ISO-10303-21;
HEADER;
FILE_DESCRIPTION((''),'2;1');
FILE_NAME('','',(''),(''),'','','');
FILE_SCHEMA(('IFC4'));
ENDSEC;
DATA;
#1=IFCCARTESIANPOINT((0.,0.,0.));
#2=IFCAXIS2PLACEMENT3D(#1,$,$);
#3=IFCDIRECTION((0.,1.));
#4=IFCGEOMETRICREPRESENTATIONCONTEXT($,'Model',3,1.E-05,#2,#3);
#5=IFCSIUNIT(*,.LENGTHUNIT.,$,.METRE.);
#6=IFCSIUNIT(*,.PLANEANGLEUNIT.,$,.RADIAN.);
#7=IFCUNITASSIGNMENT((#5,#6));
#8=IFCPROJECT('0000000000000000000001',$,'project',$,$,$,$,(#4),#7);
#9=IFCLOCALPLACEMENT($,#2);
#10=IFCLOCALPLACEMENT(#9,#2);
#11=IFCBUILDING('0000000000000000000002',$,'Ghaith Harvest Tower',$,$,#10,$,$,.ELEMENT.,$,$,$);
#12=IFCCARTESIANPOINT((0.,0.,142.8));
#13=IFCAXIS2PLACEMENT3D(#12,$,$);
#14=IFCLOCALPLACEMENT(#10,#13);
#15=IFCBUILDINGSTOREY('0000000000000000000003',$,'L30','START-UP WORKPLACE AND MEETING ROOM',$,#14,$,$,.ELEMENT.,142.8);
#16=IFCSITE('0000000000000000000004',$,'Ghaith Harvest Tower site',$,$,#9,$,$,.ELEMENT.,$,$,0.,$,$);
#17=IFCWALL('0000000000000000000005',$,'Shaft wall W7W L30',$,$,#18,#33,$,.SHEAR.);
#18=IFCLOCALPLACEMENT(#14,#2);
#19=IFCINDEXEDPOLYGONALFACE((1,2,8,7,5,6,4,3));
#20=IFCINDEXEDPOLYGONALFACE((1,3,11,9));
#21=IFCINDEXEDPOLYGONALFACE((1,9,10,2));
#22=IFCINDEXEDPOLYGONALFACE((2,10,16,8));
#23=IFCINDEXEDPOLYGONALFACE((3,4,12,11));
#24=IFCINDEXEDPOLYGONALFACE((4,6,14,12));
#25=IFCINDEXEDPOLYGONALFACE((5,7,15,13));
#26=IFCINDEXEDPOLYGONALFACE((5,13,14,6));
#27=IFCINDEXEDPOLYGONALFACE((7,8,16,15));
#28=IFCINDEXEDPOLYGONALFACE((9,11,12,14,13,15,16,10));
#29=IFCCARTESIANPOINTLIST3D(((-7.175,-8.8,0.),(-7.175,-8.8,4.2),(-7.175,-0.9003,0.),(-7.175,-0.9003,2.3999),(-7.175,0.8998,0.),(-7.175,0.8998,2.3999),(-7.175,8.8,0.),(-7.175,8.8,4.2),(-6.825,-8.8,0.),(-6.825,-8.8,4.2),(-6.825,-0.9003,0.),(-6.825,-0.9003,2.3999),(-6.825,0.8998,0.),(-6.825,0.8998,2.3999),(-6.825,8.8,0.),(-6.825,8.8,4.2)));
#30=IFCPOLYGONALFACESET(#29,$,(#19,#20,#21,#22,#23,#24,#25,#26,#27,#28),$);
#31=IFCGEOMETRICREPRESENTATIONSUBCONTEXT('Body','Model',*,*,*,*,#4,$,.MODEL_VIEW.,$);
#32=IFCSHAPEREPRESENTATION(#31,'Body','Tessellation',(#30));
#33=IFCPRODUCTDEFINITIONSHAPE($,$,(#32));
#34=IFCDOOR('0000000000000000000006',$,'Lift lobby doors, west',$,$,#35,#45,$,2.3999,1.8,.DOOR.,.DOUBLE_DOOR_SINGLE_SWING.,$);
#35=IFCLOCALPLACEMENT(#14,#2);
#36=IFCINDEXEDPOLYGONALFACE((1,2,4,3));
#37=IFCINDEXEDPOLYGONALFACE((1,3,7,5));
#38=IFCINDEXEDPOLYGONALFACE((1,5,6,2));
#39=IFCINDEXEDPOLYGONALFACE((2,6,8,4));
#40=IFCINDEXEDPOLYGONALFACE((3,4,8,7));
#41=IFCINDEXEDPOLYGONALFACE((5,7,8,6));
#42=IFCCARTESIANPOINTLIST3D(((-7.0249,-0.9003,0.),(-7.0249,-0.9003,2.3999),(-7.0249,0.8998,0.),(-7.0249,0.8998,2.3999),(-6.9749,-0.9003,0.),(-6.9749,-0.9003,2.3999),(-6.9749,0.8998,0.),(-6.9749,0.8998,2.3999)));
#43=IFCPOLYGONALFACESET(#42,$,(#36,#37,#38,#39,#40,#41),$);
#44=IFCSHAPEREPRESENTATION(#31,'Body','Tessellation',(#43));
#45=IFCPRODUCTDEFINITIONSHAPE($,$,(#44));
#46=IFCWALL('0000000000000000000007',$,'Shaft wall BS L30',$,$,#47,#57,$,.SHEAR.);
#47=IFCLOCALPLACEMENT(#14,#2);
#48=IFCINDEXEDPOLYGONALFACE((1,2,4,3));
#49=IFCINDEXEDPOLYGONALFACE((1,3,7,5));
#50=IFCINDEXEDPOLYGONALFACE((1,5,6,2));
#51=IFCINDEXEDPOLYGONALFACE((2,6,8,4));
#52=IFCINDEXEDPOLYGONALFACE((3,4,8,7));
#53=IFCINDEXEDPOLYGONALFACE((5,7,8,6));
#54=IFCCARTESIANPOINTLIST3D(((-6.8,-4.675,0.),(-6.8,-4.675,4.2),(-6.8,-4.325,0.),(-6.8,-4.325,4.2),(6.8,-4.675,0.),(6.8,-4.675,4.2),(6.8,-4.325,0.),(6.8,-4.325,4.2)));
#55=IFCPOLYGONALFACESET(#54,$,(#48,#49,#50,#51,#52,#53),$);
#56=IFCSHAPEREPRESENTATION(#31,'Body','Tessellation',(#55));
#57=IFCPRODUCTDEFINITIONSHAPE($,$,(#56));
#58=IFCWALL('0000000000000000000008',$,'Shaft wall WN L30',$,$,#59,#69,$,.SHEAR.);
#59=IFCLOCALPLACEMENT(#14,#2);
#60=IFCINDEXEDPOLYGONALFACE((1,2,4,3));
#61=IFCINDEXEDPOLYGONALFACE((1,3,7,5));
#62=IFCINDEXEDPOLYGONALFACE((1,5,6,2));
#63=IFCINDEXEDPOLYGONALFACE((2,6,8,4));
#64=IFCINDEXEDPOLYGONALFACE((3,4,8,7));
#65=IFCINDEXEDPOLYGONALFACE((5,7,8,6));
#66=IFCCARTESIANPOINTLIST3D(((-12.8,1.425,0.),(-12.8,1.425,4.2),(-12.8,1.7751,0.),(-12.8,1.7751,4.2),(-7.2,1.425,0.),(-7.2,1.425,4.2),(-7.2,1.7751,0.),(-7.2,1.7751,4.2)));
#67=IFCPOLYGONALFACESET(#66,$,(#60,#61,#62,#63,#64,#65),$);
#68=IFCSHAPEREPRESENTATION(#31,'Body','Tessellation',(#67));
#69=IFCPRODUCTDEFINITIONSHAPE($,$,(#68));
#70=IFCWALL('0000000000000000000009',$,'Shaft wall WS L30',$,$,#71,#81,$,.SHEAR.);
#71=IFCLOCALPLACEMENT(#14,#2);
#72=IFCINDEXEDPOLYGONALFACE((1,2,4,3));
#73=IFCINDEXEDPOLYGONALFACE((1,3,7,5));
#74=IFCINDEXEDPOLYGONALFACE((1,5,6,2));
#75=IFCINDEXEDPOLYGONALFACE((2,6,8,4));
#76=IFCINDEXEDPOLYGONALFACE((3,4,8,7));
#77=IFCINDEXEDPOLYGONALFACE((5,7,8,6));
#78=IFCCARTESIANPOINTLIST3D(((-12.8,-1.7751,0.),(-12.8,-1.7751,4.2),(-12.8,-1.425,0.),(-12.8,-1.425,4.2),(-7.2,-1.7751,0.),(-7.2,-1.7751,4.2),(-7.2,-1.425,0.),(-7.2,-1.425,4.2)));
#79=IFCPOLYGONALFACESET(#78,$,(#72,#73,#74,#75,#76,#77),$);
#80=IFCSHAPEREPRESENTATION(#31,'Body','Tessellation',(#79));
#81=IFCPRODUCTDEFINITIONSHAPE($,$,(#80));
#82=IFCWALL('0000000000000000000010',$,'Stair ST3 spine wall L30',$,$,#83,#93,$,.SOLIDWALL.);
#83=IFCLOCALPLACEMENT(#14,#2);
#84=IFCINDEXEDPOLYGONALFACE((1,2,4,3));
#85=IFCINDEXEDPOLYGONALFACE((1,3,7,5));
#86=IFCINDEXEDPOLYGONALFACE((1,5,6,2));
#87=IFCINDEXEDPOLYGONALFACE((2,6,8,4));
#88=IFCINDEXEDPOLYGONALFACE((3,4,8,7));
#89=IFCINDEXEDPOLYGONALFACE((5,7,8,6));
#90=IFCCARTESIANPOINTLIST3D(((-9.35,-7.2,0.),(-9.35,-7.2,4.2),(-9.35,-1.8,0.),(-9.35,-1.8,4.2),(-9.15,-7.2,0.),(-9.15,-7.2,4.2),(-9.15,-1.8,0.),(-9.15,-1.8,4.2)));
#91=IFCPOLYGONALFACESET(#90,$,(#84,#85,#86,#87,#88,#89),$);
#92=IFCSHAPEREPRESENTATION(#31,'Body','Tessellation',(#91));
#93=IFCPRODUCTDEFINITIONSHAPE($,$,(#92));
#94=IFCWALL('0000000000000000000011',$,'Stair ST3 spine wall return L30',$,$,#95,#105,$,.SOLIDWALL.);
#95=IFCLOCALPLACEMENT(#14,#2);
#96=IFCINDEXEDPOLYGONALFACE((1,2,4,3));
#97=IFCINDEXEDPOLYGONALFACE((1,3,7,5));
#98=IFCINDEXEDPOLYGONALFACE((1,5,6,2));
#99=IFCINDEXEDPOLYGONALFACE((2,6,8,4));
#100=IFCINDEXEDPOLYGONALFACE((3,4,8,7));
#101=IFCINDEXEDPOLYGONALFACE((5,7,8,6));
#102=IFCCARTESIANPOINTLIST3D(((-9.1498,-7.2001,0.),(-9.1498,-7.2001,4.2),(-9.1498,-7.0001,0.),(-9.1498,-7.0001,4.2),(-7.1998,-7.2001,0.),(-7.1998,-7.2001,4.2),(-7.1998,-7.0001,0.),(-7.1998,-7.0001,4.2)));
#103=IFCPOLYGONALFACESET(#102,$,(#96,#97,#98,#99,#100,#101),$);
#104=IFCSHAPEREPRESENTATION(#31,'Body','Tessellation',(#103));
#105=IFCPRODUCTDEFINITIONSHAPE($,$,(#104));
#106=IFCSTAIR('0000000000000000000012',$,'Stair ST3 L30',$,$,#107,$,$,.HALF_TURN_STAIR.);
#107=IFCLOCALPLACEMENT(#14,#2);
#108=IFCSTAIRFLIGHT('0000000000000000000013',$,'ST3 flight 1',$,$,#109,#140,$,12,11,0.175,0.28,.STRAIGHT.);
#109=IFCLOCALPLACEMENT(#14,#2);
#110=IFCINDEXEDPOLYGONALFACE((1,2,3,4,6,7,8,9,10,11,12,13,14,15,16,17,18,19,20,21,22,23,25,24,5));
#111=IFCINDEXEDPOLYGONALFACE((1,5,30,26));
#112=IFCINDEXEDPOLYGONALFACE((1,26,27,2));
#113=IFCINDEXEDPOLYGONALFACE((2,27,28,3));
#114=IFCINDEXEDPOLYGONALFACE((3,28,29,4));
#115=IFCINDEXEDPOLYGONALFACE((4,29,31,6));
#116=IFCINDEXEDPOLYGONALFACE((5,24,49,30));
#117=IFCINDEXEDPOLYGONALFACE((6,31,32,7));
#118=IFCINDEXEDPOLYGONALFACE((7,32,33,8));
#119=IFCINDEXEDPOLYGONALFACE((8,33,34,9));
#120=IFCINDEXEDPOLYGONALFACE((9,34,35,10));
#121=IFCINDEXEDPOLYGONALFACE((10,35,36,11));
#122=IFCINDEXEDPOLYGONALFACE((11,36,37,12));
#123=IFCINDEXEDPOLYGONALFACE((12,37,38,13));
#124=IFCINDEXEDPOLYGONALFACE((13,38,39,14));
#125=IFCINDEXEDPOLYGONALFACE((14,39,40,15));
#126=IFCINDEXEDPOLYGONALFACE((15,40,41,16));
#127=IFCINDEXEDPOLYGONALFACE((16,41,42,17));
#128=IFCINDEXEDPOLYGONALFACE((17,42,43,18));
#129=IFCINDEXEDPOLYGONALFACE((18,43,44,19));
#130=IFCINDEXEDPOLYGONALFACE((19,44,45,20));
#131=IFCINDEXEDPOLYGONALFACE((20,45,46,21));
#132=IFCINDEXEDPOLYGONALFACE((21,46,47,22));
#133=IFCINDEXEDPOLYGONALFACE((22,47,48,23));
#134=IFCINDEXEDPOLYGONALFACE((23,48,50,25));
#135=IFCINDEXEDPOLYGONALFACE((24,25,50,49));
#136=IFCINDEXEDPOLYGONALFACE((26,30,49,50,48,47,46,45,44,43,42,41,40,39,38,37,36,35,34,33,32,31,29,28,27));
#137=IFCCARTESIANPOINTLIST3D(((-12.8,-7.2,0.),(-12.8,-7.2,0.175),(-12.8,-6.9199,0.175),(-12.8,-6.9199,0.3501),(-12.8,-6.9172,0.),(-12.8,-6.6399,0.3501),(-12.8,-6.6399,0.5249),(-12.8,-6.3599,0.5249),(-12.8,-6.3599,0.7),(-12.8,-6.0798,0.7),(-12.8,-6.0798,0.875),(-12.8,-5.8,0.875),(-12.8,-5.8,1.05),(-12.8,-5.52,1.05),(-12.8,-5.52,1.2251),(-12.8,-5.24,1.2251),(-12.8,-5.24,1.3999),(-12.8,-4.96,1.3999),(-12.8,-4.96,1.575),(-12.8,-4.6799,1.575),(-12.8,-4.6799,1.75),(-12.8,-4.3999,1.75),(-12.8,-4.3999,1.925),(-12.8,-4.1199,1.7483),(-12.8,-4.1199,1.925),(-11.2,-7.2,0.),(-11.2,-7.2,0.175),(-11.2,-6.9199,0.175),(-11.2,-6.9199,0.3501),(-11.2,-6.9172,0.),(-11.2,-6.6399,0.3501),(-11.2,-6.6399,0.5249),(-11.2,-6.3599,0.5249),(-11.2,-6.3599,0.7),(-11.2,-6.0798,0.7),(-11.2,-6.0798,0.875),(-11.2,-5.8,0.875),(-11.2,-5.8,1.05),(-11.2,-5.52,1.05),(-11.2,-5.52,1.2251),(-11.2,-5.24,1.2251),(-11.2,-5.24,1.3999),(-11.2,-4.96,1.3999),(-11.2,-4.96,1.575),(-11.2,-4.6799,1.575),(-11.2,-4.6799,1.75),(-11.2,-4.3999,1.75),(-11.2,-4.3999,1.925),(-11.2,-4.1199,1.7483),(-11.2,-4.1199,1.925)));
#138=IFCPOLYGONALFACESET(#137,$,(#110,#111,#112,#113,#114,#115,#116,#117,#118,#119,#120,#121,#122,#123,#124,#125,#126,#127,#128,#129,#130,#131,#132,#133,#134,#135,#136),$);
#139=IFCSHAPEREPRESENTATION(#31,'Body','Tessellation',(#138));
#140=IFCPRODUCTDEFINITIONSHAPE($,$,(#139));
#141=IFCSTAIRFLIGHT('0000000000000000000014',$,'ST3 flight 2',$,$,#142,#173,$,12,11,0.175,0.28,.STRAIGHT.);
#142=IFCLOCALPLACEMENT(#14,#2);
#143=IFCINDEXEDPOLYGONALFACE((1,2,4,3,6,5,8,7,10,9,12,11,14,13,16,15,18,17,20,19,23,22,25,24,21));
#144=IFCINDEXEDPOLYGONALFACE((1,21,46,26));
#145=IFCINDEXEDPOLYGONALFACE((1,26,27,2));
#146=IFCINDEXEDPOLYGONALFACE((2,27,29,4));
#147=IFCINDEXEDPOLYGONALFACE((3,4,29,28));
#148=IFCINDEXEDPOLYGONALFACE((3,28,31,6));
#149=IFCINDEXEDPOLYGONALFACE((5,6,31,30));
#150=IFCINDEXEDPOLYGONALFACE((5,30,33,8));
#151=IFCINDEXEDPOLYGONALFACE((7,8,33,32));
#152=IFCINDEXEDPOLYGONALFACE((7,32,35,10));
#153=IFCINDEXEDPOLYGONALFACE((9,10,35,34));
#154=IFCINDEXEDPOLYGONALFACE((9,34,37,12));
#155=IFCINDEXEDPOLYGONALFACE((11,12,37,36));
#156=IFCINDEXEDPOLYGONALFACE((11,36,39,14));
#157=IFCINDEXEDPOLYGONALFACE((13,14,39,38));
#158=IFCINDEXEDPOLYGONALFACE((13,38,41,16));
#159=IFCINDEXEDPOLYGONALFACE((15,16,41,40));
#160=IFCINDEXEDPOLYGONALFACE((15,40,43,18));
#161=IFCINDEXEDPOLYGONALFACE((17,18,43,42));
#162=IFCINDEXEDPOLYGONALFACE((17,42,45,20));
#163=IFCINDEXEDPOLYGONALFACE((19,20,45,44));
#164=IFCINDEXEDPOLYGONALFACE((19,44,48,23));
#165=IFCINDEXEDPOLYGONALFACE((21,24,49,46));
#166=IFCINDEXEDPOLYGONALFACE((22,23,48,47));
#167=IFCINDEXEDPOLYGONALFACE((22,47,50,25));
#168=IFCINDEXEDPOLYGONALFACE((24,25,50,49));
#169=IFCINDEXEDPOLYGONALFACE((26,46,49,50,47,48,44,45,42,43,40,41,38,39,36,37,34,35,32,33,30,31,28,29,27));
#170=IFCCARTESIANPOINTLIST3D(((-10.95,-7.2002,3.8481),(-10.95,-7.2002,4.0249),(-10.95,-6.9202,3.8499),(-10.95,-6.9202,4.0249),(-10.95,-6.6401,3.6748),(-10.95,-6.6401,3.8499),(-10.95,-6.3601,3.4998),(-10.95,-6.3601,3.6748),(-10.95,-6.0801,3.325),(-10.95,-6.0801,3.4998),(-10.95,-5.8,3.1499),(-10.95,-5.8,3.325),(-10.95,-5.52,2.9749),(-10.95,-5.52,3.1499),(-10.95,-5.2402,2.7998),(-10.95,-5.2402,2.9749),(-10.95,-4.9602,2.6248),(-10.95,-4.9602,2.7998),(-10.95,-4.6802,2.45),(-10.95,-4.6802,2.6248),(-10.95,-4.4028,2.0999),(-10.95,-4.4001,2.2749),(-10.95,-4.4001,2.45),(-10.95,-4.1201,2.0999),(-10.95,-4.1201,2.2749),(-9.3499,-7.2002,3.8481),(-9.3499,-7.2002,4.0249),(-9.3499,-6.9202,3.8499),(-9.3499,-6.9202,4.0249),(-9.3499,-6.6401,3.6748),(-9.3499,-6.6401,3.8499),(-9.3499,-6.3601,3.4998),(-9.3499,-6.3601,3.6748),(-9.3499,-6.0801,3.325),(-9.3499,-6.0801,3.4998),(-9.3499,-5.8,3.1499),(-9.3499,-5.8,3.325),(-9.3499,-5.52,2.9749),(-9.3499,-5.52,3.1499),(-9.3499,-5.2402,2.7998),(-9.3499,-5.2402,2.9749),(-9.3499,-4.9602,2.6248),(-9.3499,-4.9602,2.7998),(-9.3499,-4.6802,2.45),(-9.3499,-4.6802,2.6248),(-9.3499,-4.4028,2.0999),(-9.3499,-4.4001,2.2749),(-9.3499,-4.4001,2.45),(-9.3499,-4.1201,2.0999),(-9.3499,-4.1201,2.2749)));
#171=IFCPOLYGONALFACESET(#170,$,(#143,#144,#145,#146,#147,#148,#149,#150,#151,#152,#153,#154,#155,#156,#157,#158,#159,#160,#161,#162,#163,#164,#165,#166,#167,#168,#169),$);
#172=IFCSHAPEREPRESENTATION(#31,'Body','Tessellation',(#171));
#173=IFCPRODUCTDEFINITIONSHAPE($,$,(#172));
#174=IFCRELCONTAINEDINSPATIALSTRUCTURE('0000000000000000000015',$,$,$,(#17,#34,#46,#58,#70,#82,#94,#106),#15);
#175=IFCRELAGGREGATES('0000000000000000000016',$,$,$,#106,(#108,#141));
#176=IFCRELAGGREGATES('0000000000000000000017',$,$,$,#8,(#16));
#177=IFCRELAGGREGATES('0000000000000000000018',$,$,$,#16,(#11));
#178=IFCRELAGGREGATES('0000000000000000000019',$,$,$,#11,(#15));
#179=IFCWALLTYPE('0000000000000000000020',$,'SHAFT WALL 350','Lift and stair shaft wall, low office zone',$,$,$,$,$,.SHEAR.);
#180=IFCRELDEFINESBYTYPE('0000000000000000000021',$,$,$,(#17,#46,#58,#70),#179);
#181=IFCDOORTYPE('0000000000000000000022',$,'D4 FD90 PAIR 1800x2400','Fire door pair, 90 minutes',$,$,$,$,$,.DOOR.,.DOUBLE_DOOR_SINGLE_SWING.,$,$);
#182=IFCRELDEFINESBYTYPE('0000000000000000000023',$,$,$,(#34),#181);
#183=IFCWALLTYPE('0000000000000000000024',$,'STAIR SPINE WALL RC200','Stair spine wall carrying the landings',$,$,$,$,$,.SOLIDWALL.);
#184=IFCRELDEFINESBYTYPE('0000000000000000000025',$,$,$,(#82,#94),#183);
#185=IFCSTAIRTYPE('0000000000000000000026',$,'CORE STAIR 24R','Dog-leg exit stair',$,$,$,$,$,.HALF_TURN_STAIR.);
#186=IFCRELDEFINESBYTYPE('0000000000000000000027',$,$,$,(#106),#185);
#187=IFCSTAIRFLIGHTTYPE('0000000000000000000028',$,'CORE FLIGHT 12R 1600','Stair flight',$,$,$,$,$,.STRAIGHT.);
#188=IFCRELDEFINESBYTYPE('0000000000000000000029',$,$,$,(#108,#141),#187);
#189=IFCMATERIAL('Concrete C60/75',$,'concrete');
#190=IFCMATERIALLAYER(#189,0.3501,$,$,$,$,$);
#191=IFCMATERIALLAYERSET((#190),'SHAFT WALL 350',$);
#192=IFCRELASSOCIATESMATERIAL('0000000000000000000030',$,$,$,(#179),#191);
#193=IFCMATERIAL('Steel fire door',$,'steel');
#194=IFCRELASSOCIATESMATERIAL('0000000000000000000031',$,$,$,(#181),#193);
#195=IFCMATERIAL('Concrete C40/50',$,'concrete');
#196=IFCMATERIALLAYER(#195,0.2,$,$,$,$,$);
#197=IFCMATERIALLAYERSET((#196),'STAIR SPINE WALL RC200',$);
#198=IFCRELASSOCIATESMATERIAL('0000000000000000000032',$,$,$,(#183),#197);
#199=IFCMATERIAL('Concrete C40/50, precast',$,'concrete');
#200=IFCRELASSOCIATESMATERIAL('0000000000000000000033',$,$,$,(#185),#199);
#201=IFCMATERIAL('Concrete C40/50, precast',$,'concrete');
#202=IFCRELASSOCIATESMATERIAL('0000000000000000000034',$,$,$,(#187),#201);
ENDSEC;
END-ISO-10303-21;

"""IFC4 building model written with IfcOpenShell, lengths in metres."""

from ifc_helpers import new_model, si_unit, direction, frame, frame_2d, origin, place, context, subcontext, project, spatial, polyline, rectangle, outline, extrude, material, layer, layer_set, type_object, element, fill, aggregate, save


model = new_model("IFC4")

# Units and contexts
model_context = context("Model", 3, precision=1e-05, world=origin(), true_north=direction((0.0, 1.0)))
body_context = subcontext(model_context, "Body", "Model", "MODEL_VIEW")
ifc_project = project(units=[si_unit("LENGTHUNIT", "METRE"), si_unit("PLANEANGLEUNIT", "RADIAN")], contexts=[model_context])

# Site, building, storey
site_placement = place(None, origin())
site = spatial("IfcSite", under=ifc_project, at=site_placement, Name="Ghaith Harvest Tower site", CompositionType="ELEMENT", RefElevation=0.0)
building_placement = place(site_placement, origin())
building = spatial("IfcBuilding", under=site, at=building_placement, Name="Ghaith Harvest Tower", CompositionType="ELEMENT")
storey_placement = place(building_placement, frame((0.0, 0.0, 142.8)))
storey = spatial("IfcBuildingStorey", under=building, at=storey_placement, Name="L30", Description="START-UP WORKPLACE AND MEETING ROOM", CompositionType="ELEMENT", Elevation=142.8)

# Wall, opening, door
ifc_material_1 = material(Name="Concrete C60/75", Category="concrete")
ifc_layer_1 = layer(ifc_material_1, 0.3501)
ifc_layer_set_1 = layer_set([ifc_layer_1], Name="SHAFT WALL 350")
wall_type_1 = type_object("IfcWallType", Name="SHAFT WALL 350", Description="Lift and stair shaft wall, low office zone", PredefinedType="SHEAR", material=ifc_layer_set_1)
wall_1_placement = place(storey_placement, frame((-7.0, -8.8, 0.0), z_axis=(0.0, 0.0, 1.0), x_axis=(0.0, 1.0, 0.0)))
wall_1 = element("IfcWall", 1, at=wall_1_placement, inside=storey, type_object=wall_type_1, Name="Shaft wall W7W L30", PredefinedType="SHEAR", context=body_context, shape_type="SweptSolid", body=[
    extrude(rectangle(XDim=17.6001, YDim=0.3501, at=frame_2d((8.8, 0.0))), origin(), (0.0, 0.0, 1.0), 4.2),
])
opening_1_placement = place(wall_1_placement, frame((7.8999, 0.0, 0.0)))
opening_1 = element("IfcOpeningElement", 2, at=opening_1_placement, cuts=wall_1, PredefinedType="OPENING", context=body_context, shape_type="SweptSolid", body=[
    extrude(rectangle(XDim=1.8, YDim=2.3999, at=frame_2d((0.8999, 1.2))), frame((0.0, 0.1851, 0.0), z_axis=(0.0, -1.0, 0.0), x_axis=(1.0, 0.0, 0.0)), (0.0, 0.0, 1.0), 0.3701),
])
ifc_material_2 = material(Name="Steel fire door", Category="steel")
door_type_1 = type_object("IfcDoorType", Name="D4 FD90 PAIR 1800x2400", Description="Fire door pair, 90 minutes", OperationType="DOUBLE_DOOR_SINGLE_SWING", PredefinedType="DOOR", material=ifc_material_2)
door_1_placement = place(opening_1_placement, origin())
door_1 = element("IfcDoor", 3, at=door_1_placement, inside=storey, type_object=door_type_1, Name="Lift lobby doors, west", OperationType="DOUBLE_DOOR_SINGLE_SWING", OverallHeight=2.3999, OverallWidth=1.8, PredefinedType="DOOR", context=body_context, shape_type="SweptSolid", body=[
    extrude(rectangle(XDim=1.8, YDim=2.3999, at=frame_2d((0.8999, 1.2))), frame((0.0, 0.0249, 0.0), z_axis=(0.0, -1.0, 0.0), x_axis=(1.0, 0.0, 0.0)), (0.0, 0.0, 1.0), 0.05),
])
fill(opening_1, door_1)

# Walls
wall_2_placement = place(storey_placement, frame((-6.8, -4.5, 0.0), z_axis=(0.0, 0.0, 1.0), x_axis=(1.0, 0.0, 0.0)))
element("IfcWall", 4, at=wall_2_placement, inside=storey, type_object=wall_type_1, Name="Shaft wall BS L30", PredefinedType="SHEAR", context=body_context, shape_type="SweptSolid", body=[
    extrude(rectangle(XDim=13.6001, YDim=0.3501, at=frame_2d((6.8, 0.0))), origin(), (0.0, 0.0, 1.0), 4.2),
])
for number, where, z_axis, x_axis, name in (
    (5, (-12.8, 1.6001, 0.0), (0.0, 0.0, 1.0), (1.0, 0.0, 0.0), "Shaft wall WN L30"),
    (6, (-12.8, -1.6001, 0.0), (0.0, 0.0, 1.0), (1.0, 0.0, 0.0), "Shaft wall WS L30"),
):
    element("IfcWall", number, at=place(storey_placement, frame(where, z_axis=z_axis, x_axis=x_axis)), inside=storey, type_object=wall_type_1, Name=name, PredefinedType="SHEAR", context=body_context, shape_type="SweptSolid", body=[
        extrude(rectangle(XDim=5.6001, YDim=0.3501, at=frame_2d((2.8, 0.0))), origin(), (0.0, 0.0, 1.0), 4.2),
    ])
ifc_material_3 = material(Name="Concrete C40/50", Category="concrete")
ifc_layer_2 = layer(ifc_material_3, 0.2)
ifc_layer_set_2 = layer_set([ifc_layer_2], Name="STAIR SPINE WALL RC200")
wall_type_2 = type_object("IfcWallType", Name="STAIR SPINE WALL RC200", Description="Stair spine wall carrying the landings", PredefinedType="SOLIDWALL", material=ifc_layer_set_2)
wall_3_placement = place(storey_placement, frame((-9.25, -7.2, 0.0), z_axis=(0.0, 0.0, 1.0), x_axis=(0.0, 1.0, 0.0)))
element("IfcWall", 7, at=wall_3_placement, inside=storey, type_object=wall_type_2, Name="Stair ST3 spine wall L30", PredefinedType="SOLIDWALL", context=body_context, shape_type="SweptSolid", body=[
    extrude(rectangle(XDim=5.3999, YDim=0.2, at=frame_2d((2.7, 0.0))), origin(), (0.0, 0.0, 1.0), 4.2),
])
wall_4_placement = place(storey_placement, frame((-9.1499, -7.1001, 0.0), z_axis=(0.0, 0.0, 1.0), x_axis=(1.0, 0.0, 0.0)))
element("IfcWall", 8, at=wall_4_placement, inside=storey, type_object=wall_type_2, Name="Stair ST3 spine wall return L30", PredefinedType="SOLIDWALL", context=body_context, shape_type="SweptSolid", body=[
    extrude(rectangle(XDim=1.95, YDim=0.2, at=frame_2d((0.9751, 0.0))), origin(), (0.0, 0.0, 1.0), 4.2),
])

# Stair, stair flights
ifc_material_4 = material(Name="Concrete C40/50, precast", Category="concrete")
stair_type = type_object("IfcStairType", Name="CORE STAIR 24R", Description="Dog-leg exit stair", PredefinedType="HALF_TURN_STAIR", material=ifc_material_4)
stair_placement = place(storey_placement, origin())
stair = element("IfcStair", 9, at=stair_placement, inside=storey, type_object=stair_type, Name="Stair ST3 L30", PredefinedType="HALF_TURN_STAIR")
ifc_material_5 = material(Name="Concrete C40/50, precast", Category="concrete")
stair_flight_type = type_object("IfcStairFlightType", Name="CORE FLIGHT 12R 1600", Description="Stair flight", PredefinedType="STRAIGHT", material=ifc_material_5)
stair_flight_1_placement = place(storey_placement, frame((-12.0, -7.2, 0.0), z_axis=(0.0, 0.0, 1.0), x_axis=(0.0, 1.0, 0.0)))
stair_flight_1 = element("IfcStairFlight", 10, at=stair_flight_1_placement, type_object=stair_flight_type, Name="ST3 flight 1", NumberOfRisers=12, NumberOfTreads=11, PredefinedType="STRAIGHT", RiserHeight=0.175, TreadLength=0.28, context=body_context, shape_type="SweptSolid", body=[
    extrude(outline(polyline([(0.0, 0.0), (0.0, 0.175), (0.28, 0.175), (0.28, 0.3501), (0.5601, 0.3501), (0.5601, 0.5249), (0.8401, 0.5249), (0.8401, 0.7), (1.1201, 0.7), (1.1201, 0.875), (1.3999, 0.875), (1.3999, 1.05), (1.6799, 1.05), (1.6799, 1.2251), (1.96, 1.2251), (1.96, 1.3999), (2.24, 1.3999), (2.24, 1.575), (2.52, 1.575), (2.52, 1.75), (2.8, 1.75), (2.8, 1.925), (3.0801, 1.925), (3.0801, 2.1001), (3.0801, 1.7483), (0.2827, 0.0), (0.0, 0.0)])), frame((0.0, 0.8, 0.0), z_axis=(0.0, -1.0, 0.0), x_axis=(1.0, 0.0, 0.0)), (0.0, 0.0, 1.0), 1.6001),
])
stair_flight_2_placement = place(storey_placement, frame((-10.1499, -4.1201, 2.0999), z_axis=(0.0, 0.0, 1.0), x_axis=(0.0, -1.0, 0.0)))
stair_flight_2 = element("IfcStairFlight", 11, at=stair_flight_2_placement, type_object=stair_flight_type, Name="ST3 flight 2", NumberOfRisers=12, NumberOfTreads=11, PredefinedType="STRAIGHT", RiserHeight=0.175, TreadLength=0.28, context=body_context, shape_type="SweptSolid", body=[
    extrude(outline(polyline([(0.0, 0.0), (0.0, 0.175), (0.28, 0.175), (0.28, 0.3501), (0.5601, 0.3501), (0.5601, 0.5249), (0.8401, 0.5249), (0.8401, 0.7), (1.1201, 0.7), (1.1201, 0.875), (1.3999, 0.875), (1.3999, 1.05), (1.6799, 1.05), (1.6799, 1.2251), (1.96, 1.2251), (1.96, 1.3999), (2.24, 1.3999), (2.24, 1.575), (2.52, 1.575), (2.52, 1.75), (2.8, 1.75), (2.8, 1.925), (3.0801, 1.925), (3.0801, 2.1001), (3.0801, 1.7483), (0.2827, 0.0), (0.0, 0.0)])), frame((0.0, 0.8, 0.0), z_axis=(0.0, -1.0, 0.0), x_axis=(1.0, 0.0, 0.0)), (0.0, 0.0, 1.0), 1.6001),
])
aggregate(stair, [stair_flight_1, stair_flight_2])

save(model, "model.ifc")
